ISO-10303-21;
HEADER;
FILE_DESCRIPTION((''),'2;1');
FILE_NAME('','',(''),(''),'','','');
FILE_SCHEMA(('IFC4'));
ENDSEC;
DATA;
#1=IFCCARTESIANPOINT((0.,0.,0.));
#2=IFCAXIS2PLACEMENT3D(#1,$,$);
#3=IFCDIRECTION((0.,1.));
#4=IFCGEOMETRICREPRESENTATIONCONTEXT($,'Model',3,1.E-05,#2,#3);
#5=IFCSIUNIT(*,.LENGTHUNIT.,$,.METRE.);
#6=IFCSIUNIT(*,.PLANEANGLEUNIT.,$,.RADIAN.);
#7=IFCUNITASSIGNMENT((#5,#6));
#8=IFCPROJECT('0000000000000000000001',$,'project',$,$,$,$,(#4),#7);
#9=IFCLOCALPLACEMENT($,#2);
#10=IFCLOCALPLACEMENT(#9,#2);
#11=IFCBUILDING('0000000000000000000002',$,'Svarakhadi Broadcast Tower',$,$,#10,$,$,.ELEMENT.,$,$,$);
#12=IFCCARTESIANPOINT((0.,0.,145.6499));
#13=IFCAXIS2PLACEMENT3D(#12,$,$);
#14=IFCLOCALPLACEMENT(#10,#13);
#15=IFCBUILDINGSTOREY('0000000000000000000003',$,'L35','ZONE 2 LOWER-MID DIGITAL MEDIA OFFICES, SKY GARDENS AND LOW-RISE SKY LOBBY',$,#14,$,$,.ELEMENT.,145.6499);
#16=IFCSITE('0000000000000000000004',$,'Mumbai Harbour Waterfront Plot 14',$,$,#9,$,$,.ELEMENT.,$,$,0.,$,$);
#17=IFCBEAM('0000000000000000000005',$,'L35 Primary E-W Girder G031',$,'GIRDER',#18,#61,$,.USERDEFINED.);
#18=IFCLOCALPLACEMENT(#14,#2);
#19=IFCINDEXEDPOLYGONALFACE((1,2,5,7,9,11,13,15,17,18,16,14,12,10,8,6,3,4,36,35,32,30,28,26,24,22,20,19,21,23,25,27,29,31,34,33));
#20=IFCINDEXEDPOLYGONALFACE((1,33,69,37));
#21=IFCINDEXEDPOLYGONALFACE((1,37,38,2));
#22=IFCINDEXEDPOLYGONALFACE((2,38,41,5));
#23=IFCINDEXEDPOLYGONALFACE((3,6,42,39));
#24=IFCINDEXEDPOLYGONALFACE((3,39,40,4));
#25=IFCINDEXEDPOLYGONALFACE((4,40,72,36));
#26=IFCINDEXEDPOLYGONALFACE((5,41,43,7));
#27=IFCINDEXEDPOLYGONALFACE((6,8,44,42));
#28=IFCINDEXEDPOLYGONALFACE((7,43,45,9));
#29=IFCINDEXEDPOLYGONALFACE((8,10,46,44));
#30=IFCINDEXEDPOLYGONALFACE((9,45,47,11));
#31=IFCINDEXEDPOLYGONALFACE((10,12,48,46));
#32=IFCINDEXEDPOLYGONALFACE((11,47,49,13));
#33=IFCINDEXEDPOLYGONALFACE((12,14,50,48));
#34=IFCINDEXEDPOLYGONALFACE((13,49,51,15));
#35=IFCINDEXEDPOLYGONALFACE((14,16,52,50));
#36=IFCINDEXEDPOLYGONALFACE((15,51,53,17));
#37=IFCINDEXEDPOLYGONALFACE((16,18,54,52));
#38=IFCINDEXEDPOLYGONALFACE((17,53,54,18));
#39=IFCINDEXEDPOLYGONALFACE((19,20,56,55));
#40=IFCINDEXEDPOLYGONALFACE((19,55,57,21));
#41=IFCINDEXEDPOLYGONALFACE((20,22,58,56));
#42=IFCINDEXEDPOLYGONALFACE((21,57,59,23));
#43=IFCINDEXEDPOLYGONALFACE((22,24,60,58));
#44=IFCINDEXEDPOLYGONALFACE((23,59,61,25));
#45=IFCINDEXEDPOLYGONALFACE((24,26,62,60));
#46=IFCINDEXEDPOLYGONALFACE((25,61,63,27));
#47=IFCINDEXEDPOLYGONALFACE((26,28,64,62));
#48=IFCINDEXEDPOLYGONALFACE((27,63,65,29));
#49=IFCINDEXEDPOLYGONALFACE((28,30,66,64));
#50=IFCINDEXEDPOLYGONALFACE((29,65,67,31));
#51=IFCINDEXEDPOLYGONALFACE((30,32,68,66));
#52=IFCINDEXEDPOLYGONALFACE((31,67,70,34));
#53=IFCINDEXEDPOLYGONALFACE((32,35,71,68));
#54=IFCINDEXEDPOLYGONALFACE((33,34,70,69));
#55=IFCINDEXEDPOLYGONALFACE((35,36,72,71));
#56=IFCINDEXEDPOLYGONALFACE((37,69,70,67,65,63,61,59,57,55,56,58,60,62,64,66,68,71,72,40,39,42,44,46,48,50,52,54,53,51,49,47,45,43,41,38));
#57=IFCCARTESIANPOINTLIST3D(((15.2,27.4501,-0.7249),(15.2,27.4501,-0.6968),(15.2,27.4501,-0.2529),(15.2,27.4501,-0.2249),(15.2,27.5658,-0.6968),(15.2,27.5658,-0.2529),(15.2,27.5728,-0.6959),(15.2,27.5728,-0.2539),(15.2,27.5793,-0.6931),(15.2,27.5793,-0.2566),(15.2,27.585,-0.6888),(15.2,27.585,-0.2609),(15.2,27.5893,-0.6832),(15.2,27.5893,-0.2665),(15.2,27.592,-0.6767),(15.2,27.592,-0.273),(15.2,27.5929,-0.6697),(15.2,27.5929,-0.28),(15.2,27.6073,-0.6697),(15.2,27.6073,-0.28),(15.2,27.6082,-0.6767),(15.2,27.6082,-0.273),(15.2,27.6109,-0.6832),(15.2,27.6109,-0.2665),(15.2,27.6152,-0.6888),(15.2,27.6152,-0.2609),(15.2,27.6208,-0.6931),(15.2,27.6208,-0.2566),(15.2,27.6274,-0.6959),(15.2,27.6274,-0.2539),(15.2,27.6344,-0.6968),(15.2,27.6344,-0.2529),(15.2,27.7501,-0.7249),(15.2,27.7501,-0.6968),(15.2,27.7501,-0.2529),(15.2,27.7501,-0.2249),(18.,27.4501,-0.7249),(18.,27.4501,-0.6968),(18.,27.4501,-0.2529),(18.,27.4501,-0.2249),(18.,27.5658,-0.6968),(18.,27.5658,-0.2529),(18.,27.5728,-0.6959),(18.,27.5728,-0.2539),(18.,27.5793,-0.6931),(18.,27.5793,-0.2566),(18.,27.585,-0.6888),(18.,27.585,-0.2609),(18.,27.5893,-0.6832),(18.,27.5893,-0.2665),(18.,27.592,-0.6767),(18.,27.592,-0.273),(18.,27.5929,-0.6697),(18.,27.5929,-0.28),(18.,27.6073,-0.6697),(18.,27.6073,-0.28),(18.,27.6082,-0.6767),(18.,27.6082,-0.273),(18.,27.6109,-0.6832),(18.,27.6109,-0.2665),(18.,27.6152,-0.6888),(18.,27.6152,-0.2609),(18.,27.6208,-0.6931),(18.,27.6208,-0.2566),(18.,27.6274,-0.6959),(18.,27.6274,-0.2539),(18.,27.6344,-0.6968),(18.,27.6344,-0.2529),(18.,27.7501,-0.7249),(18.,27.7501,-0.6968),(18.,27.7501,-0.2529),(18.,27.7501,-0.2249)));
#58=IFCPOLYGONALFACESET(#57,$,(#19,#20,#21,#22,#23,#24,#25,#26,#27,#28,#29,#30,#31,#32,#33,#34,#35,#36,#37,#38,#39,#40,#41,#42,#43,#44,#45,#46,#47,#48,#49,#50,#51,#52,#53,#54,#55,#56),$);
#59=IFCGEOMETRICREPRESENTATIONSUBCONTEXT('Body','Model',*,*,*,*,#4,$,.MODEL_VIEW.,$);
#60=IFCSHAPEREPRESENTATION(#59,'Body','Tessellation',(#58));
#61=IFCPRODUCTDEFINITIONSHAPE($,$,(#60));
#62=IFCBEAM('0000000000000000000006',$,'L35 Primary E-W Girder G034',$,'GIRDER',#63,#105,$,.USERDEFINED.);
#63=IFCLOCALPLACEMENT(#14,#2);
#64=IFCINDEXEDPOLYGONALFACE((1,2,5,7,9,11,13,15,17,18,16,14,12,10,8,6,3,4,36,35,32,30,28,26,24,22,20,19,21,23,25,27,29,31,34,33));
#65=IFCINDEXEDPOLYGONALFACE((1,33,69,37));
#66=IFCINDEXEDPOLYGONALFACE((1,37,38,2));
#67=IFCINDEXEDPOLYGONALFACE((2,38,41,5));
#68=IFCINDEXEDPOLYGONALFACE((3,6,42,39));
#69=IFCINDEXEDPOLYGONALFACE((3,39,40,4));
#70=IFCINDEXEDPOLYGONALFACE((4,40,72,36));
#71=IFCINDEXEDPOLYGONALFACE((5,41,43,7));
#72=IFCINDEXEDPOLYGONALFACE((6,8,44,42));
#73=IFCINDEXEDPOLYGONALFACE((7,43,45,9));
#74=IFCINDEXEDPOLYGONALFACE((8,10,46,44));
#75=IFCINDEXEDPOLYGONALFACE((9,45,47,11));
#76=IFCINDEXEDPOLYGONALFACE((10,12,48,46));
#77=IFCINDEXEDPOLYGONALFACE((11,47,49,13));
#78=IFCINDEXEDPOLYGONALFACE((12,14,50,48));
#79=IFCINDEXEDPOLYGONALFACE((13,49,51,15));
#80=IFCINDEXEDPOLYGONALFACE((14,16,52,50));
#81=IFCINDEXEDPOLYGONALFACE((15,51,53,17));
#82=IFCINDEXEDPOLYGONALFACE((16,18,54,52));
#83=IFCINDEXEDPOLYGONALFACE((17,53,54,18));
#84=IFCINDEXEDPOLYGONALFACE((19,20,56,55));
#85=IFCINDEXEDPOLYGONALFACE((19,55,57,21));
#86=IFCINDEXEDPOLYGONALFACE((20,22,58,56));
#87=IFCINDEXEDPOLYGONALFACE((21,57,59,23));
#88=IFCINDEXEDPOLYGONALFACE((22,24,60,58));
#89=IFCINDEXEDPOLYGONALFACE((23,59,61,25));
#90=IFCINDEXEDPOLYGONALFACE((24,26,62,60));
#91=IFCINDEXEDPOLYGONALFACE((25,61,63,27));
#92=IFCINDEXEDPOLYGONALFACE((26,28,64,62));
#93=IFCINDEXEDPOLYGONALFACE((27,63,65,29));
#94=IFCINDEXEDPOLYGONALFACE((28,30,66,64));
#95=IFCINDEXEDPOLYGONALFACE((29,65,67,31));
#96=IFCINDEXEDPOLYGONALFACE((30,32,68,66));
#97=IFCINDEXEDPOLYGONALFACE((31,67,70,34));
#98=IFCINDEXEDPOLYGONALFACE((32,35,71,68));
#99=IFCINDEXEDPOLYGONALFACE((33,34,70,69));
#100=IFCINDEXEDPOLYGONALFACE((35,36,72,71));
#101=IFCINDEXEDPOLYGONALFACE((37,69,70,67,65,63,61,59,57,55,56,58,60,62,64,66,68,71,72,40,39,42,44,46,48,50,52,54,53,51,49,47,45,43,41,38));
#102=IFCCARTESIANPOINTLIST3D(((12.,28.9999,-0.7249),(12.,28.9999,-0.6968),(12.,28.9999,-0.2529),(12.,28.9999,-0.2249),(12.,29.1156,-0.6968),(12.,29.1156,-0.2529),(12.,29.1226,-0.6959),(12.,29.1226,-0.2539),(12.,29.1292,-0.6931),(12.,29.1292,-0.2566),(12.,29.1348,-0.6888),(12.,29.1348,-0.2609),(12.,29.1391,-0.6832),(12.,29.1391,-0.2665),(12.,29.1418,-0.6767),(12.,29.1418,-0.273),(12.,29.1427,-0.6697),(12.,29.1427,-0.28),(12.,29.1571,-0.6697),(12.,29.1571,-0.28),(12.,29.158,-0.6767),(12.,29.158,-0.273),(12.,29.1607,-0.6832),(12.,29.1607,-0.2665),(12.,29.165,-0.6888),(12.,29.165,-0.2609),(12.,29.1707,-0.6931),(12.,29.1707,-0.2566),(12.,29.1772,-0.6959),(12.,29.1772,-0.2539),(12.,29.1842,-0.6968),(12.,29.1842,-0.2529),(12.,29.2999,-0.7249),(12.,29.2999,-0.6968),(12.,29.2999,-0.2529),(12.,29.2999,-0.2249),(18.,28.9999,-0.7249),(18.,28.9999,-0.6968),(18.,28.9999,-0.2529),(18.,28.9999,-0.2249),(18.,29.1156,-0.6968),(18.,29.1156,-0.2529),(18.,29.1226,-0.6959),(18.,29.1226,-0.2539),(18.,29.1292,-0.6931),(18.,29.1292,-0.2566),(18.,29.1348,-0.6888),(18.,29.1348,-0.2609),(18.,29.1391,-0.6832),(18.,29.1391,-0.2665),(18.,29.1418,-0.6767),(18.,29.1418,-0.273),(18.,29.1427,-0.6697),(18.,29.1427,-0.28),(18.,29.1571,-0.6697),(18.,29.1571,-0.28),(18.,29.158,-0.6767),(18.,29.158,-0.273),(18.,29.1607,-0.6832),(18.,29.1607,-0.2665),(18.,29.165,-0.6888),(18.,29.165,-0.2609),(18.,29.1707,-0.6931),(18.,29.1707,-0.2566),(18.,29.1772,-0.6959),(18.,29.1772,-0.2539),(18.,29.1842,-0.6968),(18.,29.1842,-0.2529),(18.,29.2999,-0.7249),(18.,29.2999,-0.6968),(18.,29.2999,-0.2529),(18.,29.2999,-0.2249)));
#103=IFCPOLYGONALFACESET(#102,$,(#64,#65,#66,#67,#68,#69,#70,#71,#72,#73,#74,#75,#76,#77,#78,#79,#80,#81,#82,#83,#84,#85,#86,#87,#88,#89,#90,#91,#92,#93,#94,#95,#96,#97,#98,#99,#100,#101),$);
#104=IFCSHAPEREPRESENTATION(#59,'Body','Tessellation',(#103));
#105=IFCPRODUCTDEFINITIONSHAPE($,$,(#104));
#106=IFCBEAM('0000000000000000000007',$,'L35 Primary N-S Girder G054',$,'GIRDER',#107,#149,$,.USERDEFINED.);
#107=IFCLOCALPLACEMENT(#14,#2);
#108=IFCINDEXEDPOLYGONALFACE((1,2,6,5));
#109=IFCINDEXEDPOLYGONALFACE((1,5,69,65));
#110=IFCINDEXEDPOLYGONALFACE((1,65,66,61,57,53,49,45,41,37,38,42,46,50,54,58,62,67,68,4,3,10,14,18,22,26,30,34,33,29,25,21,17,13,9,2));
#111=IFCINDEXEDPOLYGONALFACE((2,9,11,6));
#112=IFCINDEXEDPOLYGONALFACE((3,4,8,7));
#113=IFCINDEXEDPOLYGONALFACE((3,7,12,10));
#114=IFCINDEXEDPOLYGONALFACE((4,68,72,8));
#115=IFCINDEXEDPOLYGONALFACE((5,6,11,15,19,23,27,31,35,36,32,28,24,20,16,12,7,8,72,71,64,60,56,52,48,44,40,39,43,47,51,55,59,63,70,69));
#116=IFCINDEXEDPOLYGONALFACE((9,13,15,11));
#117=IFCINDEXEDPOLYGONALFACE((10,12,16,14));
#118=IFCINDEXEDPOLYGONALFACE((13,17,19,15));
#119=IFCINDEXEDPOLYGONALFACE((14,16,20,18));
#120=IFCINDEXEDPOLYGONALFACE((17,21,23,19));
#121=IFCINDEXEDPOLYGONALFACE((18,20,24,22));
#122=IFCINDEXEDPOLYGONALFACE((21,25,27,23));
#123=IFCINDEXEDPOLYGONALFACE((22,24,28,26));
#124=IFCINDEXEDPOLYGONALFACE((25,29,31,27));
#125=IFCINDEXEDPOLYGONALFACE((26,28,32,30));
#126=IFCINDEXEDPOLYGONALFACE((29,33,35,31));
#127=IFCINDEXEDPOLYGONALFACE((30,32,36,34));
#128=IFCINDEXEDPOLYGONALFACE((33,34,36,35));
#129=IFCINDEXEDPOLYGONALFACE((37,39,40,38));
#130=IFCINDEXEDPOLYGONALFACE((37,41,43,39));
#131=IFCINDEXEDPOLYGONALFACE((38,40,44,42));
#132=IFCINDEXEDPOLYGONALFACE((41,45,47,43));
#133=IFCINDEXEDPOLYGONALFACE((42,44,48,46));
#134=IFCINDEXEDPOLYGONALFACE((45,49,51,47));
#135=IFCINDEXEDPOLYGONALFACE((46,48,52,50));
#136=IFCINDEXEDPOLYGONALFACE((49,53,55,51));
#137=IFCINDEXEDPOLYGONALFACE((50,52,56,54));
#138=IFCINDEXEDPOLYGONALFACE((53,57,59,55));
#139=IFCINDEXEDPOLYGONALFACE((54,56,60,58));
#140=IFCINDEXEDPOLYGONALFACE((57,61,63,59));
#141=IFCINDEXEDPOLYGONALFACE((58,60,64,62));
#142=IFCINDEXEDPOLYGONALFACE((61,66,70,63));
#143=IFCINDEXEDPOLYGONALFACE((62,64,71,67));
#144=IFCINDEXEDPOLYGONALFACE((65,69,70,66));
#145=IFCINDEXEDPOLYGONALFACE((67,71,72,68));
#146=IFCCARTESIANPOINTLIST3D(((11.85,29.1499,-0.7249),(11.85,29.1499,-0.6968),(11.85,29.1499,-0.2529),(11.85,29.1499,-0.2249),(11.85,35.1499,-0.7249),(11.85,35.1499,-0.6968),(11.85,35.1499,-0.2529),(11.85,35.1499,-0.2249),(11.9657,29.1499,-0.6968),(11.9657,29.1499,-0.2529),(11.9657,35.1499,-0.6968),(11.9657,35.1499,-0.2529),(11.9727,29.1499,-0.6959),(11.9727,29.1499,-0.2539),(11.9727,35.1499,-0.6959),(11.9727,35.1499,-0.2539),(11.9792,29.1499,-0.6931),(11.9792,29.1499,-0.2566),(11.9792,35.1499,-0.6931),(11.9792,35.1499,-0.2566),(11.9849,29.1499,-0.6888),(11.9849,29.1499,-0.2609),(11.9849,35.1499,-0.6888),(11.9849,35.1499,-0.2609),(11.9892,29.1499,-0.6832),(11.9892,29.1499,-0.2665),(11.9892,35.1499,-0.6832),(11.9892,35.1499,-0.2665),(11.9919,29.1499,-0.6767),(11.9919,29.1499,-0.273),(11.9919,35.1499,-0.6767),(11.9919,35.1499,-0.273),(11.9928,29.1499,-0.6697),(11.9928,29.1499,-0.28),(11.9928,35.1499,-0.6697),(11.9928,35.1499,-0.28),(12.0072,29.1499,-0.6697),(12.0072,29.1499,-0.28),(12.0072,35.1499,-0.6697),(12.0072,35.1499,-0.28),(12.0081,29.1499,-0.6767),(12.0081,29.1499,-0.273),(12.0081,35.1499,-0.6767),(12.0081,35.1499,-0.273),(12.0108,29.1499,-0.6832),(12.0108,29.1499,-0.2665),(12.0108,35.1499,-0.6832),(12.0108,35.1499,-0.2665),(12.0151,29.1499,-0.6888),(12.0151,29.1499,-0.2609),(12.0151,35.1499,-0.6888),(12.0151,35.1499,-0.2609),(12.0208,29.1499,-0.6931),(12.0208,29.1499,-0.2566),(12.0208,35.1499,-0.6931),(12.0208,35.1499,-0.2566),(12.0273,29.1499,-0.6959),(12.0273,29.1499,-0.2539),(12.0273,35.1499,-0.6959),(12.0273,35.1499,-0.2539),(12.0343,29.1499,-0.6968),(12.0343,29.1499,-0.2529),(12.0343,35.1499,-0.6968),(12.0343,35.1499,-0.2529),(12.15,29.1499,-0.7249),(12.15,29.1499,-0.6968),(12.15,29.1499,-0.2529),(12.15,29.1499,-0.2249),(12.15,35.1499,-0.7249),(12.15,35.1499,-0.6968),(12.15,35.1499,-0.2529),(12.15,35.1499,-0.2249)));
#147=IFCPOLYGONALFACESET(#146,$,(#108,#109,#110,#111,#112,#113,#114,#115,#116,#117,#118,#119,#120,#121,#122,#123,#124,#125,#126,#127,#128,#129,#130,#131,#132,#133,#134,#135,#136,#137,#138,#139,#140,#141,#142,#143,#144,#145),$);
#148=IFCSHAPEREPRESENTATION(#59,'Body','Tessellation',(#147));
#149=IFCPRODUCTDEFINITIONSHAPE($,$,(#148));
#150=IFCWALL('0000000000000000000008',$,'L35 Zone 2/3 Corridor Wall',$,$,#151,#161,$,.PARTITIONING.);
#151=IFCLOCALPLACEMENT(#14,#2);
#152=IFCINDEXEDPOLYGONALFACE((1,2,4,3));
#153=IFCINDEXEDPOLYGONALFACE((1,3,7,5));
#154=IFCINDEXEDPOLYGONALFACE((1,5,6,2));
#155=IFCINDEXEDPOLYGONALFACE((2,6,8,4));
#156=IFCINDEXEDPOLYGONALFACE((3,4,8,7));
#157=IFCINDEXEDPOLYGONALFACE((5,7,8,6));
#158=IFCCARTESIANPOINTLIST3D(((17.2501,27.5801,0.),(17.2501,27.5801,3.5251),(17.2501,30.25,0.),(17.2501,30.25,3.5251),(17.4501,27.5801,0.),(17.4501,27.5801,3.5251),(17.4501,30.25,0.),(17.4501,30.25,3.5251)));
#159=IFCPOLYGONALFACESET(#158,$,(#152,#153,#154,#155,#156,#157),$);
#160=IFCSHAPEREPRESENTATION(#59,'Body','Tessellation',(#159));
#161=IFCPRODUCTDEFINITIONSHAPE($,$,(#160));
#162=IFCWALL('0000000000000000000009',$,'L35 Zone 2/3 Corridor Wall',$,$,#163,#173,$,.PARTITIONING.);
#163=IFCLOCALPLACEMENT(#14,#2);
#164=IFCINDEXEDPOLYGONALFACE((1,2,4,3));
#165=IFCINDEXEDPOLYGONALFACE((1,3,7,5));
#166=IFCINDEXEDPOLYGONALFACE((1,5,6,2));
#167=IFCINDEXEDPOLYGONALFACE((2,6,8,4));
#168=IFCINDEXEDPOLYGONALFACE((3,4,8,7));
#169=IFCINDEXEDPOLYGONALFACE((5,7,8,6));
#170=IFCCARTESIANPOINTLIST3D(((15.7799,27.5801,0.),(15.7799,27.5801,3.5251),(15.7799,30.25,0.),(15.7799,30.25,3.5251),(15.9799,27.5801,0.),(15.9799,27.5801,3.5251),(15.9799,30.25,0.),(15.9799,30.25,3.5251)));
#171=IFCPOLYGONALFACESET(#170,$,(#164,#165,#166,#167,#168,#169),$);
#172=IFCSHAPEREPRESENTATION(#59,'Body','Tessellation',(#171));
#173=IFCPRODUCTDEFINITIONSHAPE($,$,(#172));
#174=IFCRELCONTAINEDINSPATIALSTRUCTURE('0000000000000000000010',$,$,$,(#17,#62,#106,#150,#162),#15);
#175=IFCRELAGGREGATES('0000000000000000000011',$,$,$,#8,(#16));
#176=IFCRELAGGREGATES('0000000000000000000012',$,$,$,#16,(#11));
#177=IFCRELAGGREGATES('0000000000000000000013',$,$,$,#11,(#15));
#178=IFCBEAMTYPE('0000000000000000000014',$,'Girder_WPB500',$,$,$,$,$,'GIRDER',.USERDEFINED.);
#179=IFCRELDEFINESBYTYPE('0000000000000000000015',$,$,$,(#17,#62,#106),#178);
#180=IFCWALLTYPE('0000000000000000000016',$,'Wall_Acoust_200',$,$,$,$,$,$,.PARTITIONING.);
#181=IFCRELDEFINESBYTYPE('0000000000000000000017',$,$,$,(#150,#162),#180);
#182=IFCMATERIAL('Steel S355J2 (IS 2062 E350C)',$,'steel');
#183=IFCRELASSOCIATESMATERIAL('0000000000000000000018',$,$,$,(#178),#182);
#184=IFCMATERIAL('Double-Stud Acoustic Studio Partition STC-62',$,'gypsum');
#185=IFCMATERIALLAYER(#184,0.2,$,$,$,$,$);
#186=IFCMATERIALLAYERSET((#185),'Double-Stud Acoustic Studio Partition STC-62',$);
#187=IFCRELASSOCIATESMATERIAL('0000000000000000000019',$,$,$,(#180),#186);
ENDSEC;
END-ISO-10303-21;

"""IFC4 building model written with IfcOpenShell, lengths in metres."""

from ifc_helpers import new_model, si_unit, direction, frame, frame_2d, origin, origin_2d, place, context, subcontext, project, spatial, rectangle, i_section, extrude, material, layer, layer_set, material_profile, profile_set, type_object, element, save


model = new_model("IFC4")

# Units and contexts
model_context = context("Model", 3, precision=1e-05, world=origin(), true_north=direction((0.0, 1.0)))
body_context = subcontext(model_context, "Body", "Model", "MODEL_VIEW")
ifc_project = project(units=[si_unit("LENGTHUNIT", "METRE"), si_unit("PLANEANGLEUNIT", "RADIAN")], contexts=[model_context])

# Site, building, storey
site_placement = place(None, origin())
site = spatial("IfcSite", under=ifc_project, at=site_placement, Name="Mumbai Harbour Waterfront Plot 14", CompositionType="ELEMENT", RefElevation=0.0)
building_placement = place(site_placement, origin())
building = spatial("IfcBuilding", under=site, at=building_placement, Name="Svarakhadi Broadcast Tower", CompositionType="ELEMENT")
storey_placement = place(building_placement, frame((0.0, 0.0, 145.6499)))
storey = spatial("IfcBuildingStorey", under=building, at=storey_placement, Name="L35", Description="ZONE 2 LOWER-MID DIGITAL MEDIA OFFICES, SKY GARDENS AND LOW-RISE SKY LOBBY", CompositionType="ELEMENT", Elevation=145.6499)

# Beams
ifc_material_1 = material(Name="Steel S355J2 (IS 2062 E350C)", Category="steel")
ifc_material_profile_1 = material_profile(ifc_material_1, i_section(OverallWidth=0.3, OverallDepth=0.5, WebThickness=0.0144, FlangeThickness=0.0281, FilletRadius=0.0271, at=origin_2d()), Name="WPB 500x300x187")
ifc_profile_set_1 = profile_set([ifc_material_profile_1], Name="Steel S355J2 (IS 2062 E350C)")
beam_type_1 = type_object("IfcBeamType", Name="Girder_WPB500", ElementType="GIRDER", PredefinedType="USERDEFINED", material=ifc_profile_set_1)
beam_1_placement = place(storey_placement, frame((15.2, 27.6001, -0.4749), z_axis=(1.0, 0.0, 0.0), x_axis=(0.0, 1.0, 0.0)))
element("IfcBeam", 1, at=beam_1_placement, inside=storey, type_object=beam_type_1, Name="L35 Primary E-W Girder G031", ObjectType="GIRDER", PredefinedType="USERDEFINED", context=body_context, shape_type="SweptSolid", body=[
    extrude(i_section(OverallWidth=0.3, OverallDepth=0.5, WebThickness=0.0144, FlangeThickness=0.0281, FilletRadius=0.0271, at=origin_2d()), origin(), (0.0, 0.0, 1.0), 2.8),
])
for number, where, z_axis, x_axis, name in (
    (2, (12.0, 29.1499, -0.4749), (1.0, 0.0, 0.0), (0.0, 1.0, 0.0), "L35 Primary E-W Girder G034"),
    (3, (12.0, 29.1499, -0.4749), (0.0, 1.0, 0.0), (-1.0, 0.0, 0.0), "L35 Primary N-S Girder G054"),
):
    element("IfcBeam", number, at=place(storey_placement, frame(where, z_axis=z_axis, x_axis=x_axis)), inside=storey, type_object=beam_type_1, Name=name, ObjectType="GIRDER", PredefinedType="USERDEFINED", context=body_context, shape_type="SweptSolid", body=[
        extrude(i_section(OverallWidth=0.3, OverallDepth=0.5, WebThickness=0.0144, FlangeThickness=0.0281, FilletRadius=0.0271, at=origin_2d()), origin(), (0.0, 0.0, 1.0), 6.0),
    ])

# Walls
ifc_material_2 = material(Name="Double-Stud Acoustic Studio Partition STC-62", Category="gypsum")
ifc_layer_1 = layer(ifc_material_2, 0.2)
ifc_layer_set_1 = layer_set([ifc_layer_1], Name="Double-Stud Acoustic Studio Partition STC-62")
wall_type_1 = type_object("IfcWallType", Name="Wall_Acoust_200", PredefinedType="PARTITIONING", material=ifc_layer_set_1)
for number, where, z_axis, x_axis, name in (
    (4, (17.3501, 30.25, 0.0), (0.0, 0.0, 1.0), (0.0, -1.0, 0.0), "L35 Zone 2/3 Corridor Wall"),
    (5, (15.8799, 27.5801, 0.0), (0.0, 0.0, 1.0), (0.0, 1.0, 0.0), "L35 Zone 2/3 Corridor Wall"),
):
    element("IfcWall", number, at=place(storey_placement, frame(where, z_axis=z_axis, x_axis=x_axis)), inside=storey, type_object=wall_type_1, Name=name, PredefinedType="PARTITIONING", context=body_context, shape_type="SweptSolid", body=[
        extrude(rectangle(XDim=2.6699, YDim=0.2, at=frame_2d((1.335, 0.0))), origin(), (0.0, 0.0, 1.0), 3.5251),
    ])

save(model, "model.ifc")
